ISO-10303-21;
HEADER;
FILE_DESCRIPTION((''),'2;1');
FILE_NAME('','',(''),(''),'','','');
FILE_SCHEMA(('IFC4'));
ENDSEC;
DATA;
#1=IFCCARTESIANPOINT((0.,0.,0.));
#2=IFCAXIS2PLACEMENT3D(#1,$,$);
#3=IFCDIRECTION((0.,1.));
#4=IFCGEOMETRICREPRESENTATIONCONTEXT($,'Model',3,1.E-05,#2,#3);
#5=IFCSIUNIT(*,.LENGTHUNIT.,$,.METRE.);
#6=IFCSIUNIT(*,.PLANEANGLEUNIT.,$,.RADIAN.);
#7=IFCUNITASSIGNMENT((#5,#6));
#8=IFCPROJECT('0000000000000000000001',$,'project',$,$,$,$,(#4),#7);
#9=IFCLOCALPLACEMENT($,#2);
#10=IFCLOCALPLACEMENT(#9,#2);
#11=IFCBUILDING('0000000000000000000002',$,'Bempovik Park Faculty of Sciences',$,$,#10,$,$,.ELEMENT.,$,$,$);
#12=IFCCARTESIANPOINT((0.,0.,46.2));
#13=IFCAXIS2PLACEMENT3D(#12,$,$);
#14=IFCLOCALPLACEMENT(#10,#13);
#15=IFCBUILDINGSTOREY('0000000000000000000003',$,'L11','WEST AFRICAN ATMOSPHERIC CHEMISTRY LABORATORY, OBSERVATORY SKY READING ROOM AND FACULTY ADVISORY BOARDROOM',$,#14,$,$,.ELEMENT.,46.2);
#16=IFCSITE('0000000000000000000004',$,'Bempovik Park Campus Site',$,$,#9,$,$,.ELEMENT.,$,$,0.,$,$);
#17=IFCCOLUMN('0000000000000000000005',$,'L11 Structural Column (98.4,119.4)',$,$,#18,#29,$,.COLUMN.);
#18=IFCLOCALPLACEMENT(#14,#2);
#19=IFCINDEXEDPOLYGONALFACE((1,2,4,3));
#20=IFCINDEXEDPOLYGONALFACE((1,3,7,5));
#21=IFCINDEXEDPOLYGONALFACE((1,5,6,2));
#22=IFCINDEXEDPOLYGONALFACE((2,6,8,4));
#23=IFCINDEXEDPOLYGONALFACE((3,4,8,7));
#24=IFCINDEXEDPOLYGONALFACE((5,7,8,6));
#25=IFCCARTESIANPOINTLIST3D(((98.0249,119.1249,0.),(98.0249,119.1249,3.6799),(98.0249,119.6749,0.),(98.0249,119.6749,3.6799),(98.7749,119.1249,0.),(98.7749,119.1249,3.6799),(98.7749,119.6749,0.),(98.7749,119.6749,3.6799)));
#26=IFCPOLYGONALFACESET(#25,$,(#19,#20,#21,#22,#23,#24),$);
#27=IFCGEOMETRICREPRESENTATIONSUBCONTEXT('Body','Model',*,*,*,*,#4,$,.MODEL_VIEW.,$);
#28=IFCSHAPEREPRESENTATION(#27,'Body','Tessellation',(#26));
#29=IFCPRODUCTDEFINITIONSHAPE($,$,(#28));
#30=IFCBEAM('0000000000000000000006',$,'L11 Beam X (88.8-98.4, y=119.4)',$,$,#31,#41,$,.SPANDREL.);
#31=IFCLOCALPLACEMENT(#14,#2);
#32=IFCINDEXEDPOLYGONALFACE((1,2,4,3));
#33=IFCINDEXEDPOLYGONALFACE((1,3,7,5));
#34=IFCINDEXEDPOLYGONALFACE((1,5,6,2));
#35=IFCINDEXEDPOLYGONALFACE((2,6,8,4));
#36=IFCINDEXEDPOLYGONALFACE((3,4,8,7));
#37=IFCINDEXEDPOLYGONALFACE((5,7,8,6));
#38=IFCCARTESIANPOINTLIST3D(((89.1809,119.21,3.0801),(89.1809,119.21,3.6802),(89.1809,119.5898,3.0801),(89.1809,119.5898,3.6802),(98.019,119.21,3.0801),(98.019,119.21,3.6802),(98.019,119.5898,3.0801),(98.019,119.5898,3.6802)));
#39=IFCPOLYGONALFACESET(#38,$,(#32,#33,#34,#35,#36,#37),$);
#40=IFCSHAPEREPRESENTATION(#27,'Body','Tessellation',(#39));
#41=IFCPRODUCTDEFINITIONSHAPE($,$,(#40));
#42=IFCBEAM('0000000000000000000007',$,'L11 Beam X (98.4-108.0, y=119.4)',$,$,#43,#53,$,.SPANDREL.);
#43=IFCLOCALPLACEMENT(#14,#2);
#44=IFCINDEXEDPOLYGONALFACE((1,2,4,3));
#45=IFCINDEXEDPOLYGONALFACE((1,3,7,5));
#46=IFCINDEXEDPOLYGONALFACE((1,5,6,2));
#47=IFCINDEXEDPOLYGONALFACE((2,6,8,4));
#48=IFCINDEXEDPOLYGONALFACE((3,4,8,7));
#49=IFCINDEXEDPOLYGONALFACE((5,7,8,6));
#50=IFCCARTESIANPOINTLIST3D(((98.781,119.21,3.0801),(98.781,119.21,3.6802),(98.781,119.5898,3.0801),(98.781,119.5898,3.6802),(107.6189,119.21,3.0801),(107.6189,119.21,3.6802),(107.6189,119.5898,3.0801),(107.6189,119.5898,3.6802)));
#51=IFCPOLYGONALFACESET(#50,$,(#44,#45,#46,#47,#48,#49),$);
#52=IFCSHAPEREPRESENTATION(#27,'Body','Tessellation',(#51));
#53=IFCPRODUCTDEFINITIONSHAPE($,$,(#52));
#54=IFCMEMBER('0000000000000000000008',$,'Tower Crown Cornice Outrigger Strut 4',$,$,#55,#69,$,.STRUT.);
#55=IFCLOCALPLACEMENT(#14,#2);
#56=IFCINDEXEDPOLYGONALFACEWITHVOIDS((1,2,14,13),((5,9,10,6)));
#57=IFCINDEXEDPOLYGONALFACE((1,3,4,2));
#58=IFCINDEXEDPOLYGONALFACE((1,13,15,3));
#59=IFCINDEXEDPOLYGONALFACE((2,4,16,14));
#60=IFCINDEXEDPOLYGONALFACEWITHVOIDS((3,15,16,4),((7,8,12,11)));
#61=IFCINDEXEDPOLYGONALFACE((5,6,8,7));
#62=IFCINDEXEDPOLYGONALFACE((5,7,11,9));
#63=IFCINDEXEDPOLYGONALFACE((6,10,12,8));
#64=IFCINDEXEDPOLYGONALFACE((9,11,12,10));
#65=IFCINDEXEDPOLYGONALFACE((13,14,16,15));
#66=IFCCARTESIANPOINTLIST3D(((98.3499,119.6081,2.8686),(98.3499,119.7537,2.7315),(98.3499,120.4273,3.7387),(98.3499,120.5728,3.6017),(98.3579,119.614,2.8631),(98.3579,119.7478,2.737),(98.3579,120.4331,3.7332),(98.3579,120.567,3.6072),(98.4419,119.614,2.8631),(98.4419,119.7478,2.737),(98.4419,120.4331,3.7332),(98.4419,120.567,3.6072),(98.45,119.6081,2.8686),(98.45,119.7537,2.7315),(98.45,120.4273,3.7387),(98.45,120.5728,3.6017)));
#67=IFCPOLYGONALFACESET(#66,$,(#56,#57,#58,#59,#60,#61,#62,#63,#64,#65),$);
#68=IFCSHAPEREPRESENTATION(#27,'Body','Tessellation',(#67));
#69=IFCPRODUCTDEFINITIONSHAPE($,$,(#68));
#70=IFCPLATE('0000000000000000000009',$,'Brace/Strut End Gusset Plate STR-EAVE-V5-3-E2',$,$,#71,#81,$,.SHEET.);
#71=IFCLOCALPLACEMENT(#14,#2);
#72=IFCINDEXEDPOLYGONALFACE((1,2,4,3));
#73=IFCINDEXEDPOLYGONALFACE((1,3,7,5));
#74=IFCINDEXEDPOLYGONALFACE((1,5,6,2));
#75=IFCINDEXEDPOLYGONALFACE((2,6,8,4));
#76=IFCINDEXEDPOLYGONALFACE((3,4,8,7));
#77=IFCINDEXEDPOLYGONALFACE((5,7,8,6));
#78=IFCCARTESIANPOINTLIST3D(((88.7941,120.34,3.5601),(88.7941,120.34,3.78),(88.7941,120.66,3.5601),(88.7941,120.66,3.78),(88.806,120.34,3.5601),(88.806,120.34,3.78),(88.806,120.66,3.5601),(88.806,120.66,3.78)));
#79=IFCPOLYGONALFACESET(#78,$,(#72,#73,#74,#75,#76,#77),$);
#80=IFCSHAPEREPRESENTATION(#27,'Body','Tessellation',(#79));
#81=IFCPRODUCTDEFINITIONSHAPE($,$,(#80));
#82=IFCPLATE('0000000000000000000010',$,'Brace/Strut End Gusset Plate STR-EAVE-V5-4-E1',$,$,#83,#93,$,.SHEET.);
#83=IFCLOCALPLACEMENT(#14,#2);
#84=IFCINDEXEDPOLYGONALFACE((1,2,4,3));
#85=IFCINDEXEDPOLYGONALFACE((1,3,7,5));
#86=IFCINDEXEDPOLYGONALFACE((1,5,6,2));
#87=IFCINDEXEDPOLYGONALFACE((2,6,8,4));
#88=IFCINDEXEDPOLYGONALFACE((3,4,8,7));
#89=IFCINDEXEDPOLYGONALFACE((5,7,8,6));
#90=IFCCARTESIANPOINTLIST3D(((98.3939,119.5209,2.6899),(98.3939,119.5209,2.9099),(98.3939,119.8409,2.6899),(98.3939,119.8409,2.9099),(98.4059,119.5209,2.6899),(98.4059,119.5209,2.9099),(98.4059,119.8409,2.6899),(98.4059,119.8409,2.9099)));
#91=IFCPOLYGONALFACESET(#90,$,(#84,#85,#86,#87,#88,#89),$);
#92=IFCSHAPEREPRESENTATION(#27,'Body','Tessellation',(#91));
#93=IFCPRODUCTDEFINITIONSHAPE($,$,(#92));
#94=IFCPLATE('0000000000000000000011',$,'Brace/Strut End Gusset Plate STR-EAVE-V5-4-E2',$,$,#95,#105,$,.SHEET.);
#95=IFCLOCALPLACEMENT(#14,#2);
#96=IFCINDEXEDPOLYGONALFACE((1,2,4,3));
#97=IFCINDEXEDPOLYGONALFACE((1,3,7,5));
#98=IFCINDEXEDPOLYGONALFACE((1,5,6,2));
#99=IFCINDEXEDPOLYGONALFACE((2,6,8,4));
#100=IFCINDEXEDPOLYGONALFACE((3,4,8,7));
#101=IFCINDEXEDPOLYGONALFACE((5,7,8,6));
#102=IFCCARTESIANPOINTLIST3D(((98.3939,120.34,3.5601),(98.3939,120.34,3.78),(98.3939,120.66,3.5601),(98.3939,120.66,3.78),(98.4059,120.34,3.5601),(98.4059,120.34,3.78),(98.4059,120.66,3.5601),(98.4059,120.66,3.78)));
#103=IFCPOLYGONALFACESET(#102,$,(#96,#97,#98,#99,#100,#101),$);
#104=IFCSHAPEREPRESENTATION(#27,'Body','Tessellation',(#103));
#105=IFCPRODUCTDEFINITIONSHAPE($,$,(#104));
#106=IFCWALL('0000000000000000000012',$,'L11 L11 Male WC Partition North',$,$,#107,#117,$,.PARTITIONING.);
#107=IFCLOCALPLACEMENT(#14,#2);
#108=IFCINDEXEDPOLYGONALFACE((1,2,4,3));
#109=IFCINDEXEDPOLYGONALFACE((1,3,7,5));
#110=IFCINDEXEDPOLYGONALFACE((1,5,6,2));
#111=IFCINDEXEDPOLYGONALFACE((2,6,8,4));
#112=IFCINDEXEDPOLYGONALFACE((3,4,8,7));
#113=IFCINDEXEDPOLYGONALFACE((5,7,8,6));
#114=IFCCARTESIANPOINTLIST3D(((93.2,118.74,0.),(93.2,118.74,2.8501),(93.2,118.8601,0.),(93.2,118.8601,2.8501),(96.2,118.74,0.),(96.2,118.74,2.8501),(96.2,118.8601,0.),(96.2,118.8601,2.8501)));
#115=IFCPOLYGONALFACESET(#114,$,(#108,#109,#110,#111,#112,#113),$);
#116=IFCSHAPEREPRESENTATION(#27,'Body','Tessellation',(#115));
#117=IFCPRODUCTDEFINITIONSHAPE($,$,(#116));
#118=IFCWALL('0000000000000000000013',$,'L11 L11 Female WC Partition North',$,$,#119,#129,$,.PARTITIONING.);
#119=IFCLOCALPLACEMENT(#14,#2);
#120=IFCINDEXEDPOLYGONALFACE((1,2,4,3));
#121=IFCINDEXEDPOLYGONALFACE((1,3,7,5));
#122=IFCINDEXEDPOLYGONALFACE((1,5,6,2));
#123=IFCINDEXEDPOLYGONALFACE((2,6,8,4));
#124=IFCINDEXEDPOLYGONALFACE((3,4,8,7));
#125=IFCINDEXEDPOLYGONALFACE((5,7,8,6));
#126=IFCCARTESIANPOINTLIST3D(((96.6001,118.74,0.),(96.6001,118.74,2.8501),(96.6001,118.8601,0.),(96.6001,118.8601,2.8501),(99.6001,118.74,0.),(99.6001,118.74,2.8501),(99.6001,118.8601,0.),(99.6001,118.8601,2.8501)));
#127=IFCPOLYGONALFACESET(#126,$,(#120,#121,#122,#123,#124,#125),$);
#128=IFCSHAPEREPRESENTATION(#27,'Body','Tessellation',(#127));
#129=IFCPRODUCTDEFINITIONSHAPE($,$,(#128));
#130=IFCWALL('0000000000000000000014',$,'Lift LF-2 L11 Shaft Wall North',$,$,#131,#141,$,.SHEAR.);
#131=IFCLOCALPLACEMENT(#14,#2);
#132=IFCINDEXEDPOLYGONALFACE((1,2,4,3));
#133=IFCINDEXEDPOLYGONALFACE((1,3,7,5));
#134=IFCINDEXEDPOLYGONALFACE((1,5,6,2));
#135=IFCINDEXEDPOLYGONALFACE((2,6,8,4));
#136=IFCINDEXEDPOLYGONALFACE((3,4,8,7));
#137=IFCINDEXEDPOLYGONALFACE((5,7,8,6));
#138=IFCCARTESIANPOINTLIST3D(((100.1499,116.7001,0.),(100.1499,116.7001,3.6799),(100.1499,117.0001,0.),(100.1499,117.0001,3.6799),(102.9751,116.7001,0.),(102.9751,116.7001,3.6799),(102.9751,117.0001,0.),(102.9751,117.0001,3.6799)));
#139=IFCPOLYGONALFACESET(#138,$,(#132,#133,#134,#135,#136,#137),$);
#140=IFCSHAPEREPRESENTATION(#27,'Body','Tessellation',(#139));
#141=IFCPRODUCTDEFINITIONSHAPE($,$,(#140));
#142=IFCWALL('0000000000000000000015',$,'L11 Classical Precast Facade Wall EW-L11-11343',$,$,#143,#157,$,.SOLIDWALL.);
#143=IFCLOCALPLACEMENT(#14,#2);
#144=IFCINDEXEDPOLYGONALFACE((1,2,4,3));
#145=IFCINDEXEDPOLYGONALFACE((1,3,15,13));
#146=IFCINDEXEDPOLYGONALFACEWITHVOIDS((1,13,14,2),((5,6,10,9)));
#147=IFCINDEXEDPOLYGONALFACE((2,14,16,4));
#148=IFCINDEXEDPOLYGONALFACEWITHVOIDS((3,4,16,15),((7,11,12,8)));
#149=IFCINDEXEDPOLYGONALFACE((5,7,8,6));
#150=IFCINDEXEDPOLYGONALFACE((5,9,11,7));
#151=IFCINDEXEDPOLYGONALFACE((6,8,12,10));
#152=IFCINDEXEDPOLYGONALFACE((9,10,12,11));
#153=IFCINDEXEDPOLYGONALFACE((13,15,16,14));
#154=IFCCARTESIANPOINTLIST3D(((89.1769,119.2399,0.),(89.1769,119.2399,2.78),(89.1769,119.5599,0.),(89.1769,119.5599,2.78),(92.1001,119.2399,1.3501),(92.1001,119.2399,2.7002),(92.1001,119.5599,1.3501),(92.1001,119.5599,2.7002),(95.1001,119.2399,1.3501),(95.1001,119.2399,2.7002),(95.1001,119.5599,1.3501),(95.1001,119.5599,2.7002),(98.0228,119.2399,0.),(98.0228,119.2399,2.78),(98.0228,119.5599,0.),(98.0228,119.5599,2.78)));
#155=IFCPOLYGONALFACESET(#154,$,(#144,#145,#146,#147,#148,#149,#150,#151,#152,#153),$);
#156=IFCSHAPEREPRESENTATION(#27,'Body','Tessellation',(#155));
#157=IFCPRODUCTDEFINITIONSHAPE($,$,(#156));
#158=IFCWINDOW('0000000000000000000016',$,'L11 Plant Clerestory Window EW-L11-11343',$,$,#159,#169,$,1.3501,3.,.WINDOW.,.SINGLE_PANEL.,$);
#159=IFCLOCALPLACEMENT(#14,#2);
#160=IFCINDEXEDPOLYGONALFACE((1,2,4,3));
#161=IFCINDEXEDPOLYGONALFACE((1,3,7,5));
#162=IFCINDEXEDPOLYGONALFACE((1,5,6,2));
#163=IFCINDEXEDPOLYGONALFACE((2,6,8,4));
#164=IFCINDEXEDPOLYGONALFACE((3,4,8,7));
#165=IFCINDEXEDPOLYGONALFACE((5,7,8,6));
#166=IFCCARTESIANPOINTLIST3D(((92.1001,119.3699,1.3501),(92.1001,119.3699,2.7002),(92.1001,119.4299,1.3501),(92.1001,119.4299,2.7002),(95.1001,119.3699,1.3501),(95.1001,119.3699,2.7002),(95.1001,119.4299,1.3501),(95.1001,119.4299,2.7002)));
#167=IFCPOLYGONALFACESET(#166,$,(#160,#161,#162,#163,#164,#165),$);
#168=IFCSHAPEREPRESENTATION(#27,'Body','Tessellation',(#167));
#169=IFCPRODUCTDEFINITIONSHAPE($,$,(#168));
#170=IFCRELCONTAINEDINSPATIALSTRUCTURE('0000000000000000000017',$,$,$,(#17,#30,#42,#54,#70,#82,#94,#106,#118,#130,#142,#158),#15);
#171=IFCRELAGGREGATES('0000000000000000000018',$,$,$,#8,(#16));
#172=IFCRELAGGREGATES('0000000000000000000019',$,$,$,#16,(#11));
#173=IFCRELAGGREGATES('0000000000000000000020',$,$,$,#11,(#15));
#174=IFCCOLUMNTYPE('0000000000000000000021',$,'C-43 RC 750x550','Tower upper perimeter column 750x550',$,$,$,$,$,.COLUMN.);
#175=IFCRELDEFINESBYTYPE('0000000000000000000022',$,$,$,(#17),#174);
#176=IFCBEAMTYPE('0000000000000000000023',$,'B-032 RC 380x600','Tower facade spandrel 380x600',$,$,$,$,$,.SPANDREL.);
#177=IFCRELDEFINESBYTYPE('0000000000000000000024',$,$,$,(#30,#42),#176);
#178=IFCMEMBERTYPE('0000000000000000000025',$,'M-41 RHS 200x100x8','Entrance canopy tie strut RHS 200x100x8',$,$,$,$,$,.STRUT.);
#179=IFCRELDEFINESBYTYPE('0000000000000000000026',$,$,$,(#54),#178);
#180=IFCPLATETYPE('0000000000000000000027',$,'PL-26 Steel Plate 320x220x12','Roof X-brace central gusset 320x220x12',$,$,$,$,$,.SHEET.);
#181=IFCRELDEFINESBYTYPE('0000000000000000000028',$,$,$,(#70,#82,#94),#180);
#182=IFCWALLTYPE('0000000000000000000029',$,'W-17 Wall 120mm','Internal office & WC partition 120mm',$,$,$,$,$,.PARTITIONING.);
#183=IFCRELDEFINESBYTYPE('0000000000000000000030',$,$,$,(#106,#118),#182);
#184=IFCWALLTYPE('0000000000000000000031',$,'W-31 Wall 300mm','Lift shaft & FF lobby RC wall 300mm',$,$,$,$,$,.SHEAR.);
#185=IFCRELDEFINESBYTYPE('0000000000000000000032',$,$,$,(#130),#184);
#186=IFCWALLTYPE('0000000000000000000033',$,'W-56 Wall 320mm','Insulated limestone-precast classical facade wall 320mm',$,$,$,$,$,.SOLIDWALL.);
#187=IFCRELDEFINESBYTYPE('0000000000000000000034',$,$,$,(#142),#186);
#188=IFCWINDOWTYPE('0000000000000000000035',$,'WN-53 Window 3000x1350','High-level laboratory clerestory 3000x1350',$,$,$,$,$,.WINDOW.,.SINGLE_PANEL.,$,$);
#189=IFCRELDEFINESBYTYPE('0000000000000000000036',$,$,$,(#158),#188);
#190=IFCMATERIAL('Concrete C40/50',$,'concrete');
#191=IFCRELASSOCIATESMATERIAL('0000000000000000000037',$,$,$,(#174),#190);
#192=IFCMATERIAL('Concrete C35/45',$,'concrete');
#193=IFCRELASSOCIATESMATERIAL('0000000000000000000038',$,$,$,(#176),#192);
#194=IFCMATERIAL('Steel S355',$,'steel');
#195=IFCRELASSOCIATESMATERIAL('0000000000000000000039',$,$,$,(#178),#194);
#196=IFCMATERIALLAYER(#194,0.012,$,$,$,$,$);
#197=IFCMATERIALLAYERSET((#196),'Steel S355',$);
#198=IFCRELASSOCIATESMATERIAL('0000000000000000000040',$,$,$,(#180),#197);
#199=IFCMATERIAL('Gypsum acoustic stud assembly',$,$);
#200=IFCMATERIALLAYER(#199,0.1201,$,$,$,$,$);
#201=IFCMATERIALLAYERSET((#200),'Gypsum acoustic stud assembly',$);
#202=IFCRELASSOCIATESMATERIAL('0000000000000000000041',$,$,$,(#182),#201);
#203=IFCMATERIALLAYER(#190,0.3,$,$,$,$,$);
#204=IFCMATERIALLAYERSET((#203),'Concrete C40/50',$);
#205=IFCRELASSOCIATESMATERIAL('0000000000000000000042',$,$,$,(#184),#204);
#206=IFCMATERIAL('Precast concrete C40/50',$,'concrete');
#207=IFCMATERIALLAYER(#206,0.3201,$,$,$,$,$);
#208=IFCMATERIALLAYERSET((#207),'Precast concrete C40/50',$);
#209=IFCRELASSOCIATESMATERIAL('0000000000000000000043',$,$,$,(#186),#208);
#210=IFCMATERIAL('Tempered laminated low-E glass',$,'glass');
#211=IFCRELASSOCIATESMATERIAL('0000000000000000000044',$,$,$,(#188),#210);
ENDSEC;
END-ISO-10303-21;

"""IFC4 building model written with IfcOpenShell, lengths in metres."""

from ifc_helpers import new_model, si_unit, direction, frame, frame_2d, origin, origin_2d, place, context, subcontext, project, spatial, rectangle, hollow_rectangle, extrude, material, layer, layer_set, material_profile, profile_set, type_object, element, fill, save


model = new_model("IFC4")

# Units and contexts
model_context = context("Model", 3, precision=1e-05, world=origin(), true_north=direction((0.0, 1.0)))
body_context = subcontext(model_context, "Body", "Model", "MODEL_VIEW")
ifc_project = project(units=[si_unit("LENGTHUNIT", "METRE"), si_unit("PLANEANGLEUNIT", "RADIAN")], contexts=[model_context])

# Site, building, storey
site_placement = place(None, origin())
site = spatial("IfcSite", under=ifc_project, at=site_placement, Name="Bempovik Park Campus Site", CompositionType="ELEMENT", RefElevation=0.0)
building_placement = place(site_placement, origin())
building = spatial("IfcBuilding", under=site, at=building_placement, Name="Bempovik Park Faculty of Sciences", CompositionType="ELEMENT")
storey_placement = place(building_placement, frame((0.0, 0.0, 46.2)))
storey = spatial("IfcBuildingStorey", under=building, at=storey_placement, Name="L11", Description="WEST AFRICAN ATMOSPHERIC CHEMISTRY LABORATORY, OBSERVATORY SKY READING ROOM AND FACULTY ADVISORY BOARDROOM", CompositionType="ELEMENT", Elevation=46.2)

# Column
ifc_material_1 = material(Name="Concrete C40/50", Category="concrete")
ifc_material_profile_1 = material_profile(ifc_material_1, rectangle(XDim=0.75, YDim=0.55, at=origin_2d()), Name="RC 750x550")
ifc_profile_set_1 = profile_set([ifc_material_profile_1], Name="Concrete C40/50")
column_type = type_object("IfcColumnType", Name="C-43 RC 750x550", Description="Tower upper perimeter column 750x550", PredefinedType="COLUMN", material=ifc_profile_set_1)
column_placement = place(storey_placement, frame((98.3999, 119.3999, 0.0), z_axis=(0.0, 0.0, 1.0), x_axis=(1.0, 0.0, 0.0)))
element("IfcColumn", 1, at=column_placement, inside=storey, type_object=column_type, Name="L11 Structural Column (98.4,119.4)", PredefinedType="COLUMN", context=body_context, shape_type="SweptSolid", body=[
    extrude(rectangle(XDim=0.75, YDim=0.55, at=origin_2d()), origin(), (0.0, 0.0, 1.0), 3.6799),
])

# Beams
ifc_material_2 = material(Name="Concrete C35/45", Category="concrete")
ifc_material_profile_2 = material_profile(ifc_material_2, rectangle(XDim=0.3799, YDim=0.6001, at=origin_2d()), Name="RC 380x600")
ifc_profile_set_2 = profile_set([ifc_material_profile_2], Name="Concrete C35/45")
beam_type = type_object("IfcBeamType", Name="B-032 RC 380x600", Description="Tower facade spandrel 380x600", PredefinedType="SPANDREL", material=ifc_profile_set_2)
beam_1_placement = place(storey_placement, frame((89.1809, 119.3999, 3.3801), z_axis=(1.0, 0.0, 0.0), x_axis=(0.0, 1.0, 0.0)))
element("IfcBeam", 2, at=beam_1_placement, inside=storey, type_object=beam_type, Name="L11 Beam X (88.8-98.4, y=119.4)", PredefinedType="SPANDREL", context=body_context, shape_type="SweptSolid", body=[
    extrude(rectangle(XDim=0.3799, YDim=0.6001, at=origin_2d()), origin(), (0.0, 0.0, 1.0), 8.8381),
])
beam_2_placement = place(storey_placement, frame((98.781, 119.3999, 3.3801), z_axis=(1.0, 0.0, 0.0), x_axis=(0.0, 1.0, 0.0)))
element("IfcBeam", 3, at=beam_2_placement, inside=storey, type_object=beam_type, Name="L11 Beam X (98.4-108.0, y=119.4)", PredefinedType="SPANDREL", context=body_context, shape_type="SweptSolid", body=[
    extrude(rectangle(XDim=0.3799, YDim=0.6001, at=origin_2d()), origin(), (0.0, 0.0, 1.0), 8.8379),
])

# Member
ifc_material_3 = material(Name="Steel S355", Category="steel")
ifc_material_profile_3 = material_profile(ifc_material_3, hollow_rectangle(XDim=0.1001, YDim=0.2, WallThickness=0.0081, at=origin_2d()), Name="RHS 200x100x8")
ifc_profile_set_3 = profile_set([ifc_material_profile_3], Name="Steel S355")
member_type = type_object("IfcMemberType", Name="M-41 RHS 200x100x8", Description="Entrance canopy tie strut RHS 200x100x8", PredefinedType="STRUT", material=ifc_profile_set_3)
member_placement = place(storey_placement, frame((98.3999, 119.6809, 2.8), z_axis=(0.0, 0.685435, 0.728134), x_axis=(-1.0, 0.0, 0.0)))
element("IfcMember", 4, at=member_placement, inside=storey, type_object=member_type, Name="Tower Crown Cornice Outrigger Strut 4", PredefinedType="STRUT", context=body_context, shape_type="SweptSolid", body=[
    extrude(hollow_rectangle(XDim=0.1001, YDim=0.2, WallThickness=0.0081, at=origin_2d()), origin(), (0.0, 0.0, 1.0), 1.1951),
])

# Plates
ifc_layer_1 = layer(ifc_material_3, 0.012)
ifc_layer_set_1 = layer_set([ifc_layer_1], Name="Steel S355")
plate_type = type_object("IfcPlateType", Name="PL-26 Steel Plate 320x220x12", Description="Roof X-brace central gusset 320x220x12", PredefinedType="SHEET", material=ifc_layer_set_1)
for number, where, z_axis, x_axis, name in (
    (5, (88.8, 120.5, 3.5601), (0.0, 0.0, 1.0), (1.0, 0.0, 0.0), "Brace/Strut End Gusset Plate STR-EAVE-V5-3-E2"),
    (6, (98.3999, 119.6809, 2.6899), (0.0, 0.0, 1.0), (1.0, 0.0, 0.0), "Brace/Strut End Gusset Plate STR-EAVE-V5-4-E1"),
    (7, (98.3999, 120.5, 3.5601), (0.0, 0.0, 1.0), (1.0, 0.0, 0.0), "Brace/Strut End Gusset Plate STR-EAVE-V5-4-E2"),
):
    element("IfcPlate", number, at=place(storey_placement, frame(where, z_axis=z_axis, x_axis=x_axis)), inside=storey, type_object=plate_type, Name=name, PredefinedType="SHEET", context=body_context, shape_type="SweptSolid", body=[
        extrude(rectangle(XDim=0.012, YDim=0.3201, at=origin_2d()), origin(), (0.0, 0.0, 1.0), 0.22),
    ])

# Walls
ifc_material_4 = material(Name="Gypsum acoustic stud assembly")
ifc_layer_2 = layer(ifc_material_4, 0.1201)
ifc_layer_set_2 = layer_set([ifc_layer_2], Name="Gypsum acoustic stud assembly")
wall_type_1 = type_object("IfcWallType", Name="W-17 Wall 120mm", Description="Internal office & WC partition 120mm", PredefinedType="PARTITIONING", material=ifc_layer_set_2)
for number, where, z_axis, x_axis, name in (
    (8, (93.2, 118.8, 0.0), (0.0, 0.0, 1.0), (1.0, 0.0, 0.0), "L11 L11 Male WC Partition North"),
    (9, (96.6001, 118.8, 0.0), (0.0, 0.0, 1.0), (1.0, 0.0, 0.0), "L11 L11 Female WC Partition North"),
):
    element("IfcWall", number, at=place(storey_placement, frame(where, z_axis=z_axis, x_axis=x_axis)), inside=storey, type_object=wall_type_1, Name=name, PredefinedType="PARTITIONING", context=body_context, shape_type="SweptSolid", body=[
        extrude(rectangle(XDim=3.0, YDim=0.1201, at=frame_2d((1.5, 0.0))), origin(), (0.0, 0.0, 1.0), 2.8501),
    ])
ifc_layer_3 = layer(ifc_material_1, 0.3)
ifc_layer_set_3 = layer_set([ifc_layer_3], Name="Concrete C40/50")
wall_type_2 = type_object("IfcWallType", Name="W-31 Wall 300mm", Description="Lift shaft & FF lobby RC wall 300mm", PredefinedType="SHEAR", material=ifc_layer_set_3)
wall_1_placement = place(storey_placement, frame((100.1499, 116.8501, 0.0), z_axis=(0.0, 0.0, 1.0), x_axis=(1.0, 0.0, 0.0)))
element("IfcWall", 10, at=wall_1_placement, inside=storey, type_object=wall_type_2, Name="Lift LF-2 L11 Shaft Wall North", PredefinedType="SHEAR", context=body_context, shape_type="SweptSolid", body=[
    extrude(rectangle(XDim=2.8252, YDim=0.3, at=frame_2d((1.4126, 0.0))), origin(), (0.0, 0.0, 1.0), 3.6799),
])

# Wall, opening, window
ifc_material_5 = material(Name="Precast concrete C40/50", Category="concrete")
ifc_layer_4 = layer(ifc_material_5, 0.3201)
ifc_layer_set_4 = layer_set([ifc_layer_4], Name="Precast concrete C40/50")
wall_type_3 = type_object("IfcWallType", Name="W-56 Wall 320mm", Description="Insulated limestone-precast classical facade wall 320mm", PredefinedType="SOLIDWALL", material=ifc_layer_set_4)
wall_2_placement = place(storey_placement, frame((89.177, 119.3999, 0.0), z_axis=(0.0, 0.0, 1.0), x_axis=(1.0, 0.0, 0.0)))
wall_2 = element("IfcWall", 11, at=wall_2_placement, inside=storey, type_object=wall_type_3, Name="L11 Classical Precast Facade Wall EW-L11-11343", PredefinedType="SOLIDWALL", context=body_context, shape_type="SweptSolid", body=[
    extrude(rectangle(XDim=8.8459, YDim=0.3201, at=frame_2d((4.4229, 0.0))), origin(), (0.0, 0.0, 1.0), 2.78),
])
opening_1_placement = place(wall_2_placement, frame((2.9231, 0.0, 1.3501)))
opening_1 = element("IfcOpeningElement", 12, at=opening_1_placement, cuts=wall_2, PredefinedType="OPENING", context=body_context, shape_type="SweptSolid", body=[
    extrude(rectangle(XDim=3.0, YDim=1.3501, at=frame_2d((1.5, 0.675))), frame((0.0, 0.1699, 0.0), z_axis=(0.0, -1.0, 0.0), x_axis=(1.0, 0.0, 0.0)), (0.0, 0.0, 1.0), 0.3401),
])
ifc_material_6 = material(Name="Tempered laminated low-E glass", Category="glass")
window_type_1 = type_object("IfcWindowType", Name="WN-53 Window 3000x1350", Description="High-level laboratory clerestory 3000x1350", PartitioningType="SINGLE_PANEL", PredefinedType="WINDOW", material=ifc_material_6)
window_1_placement = place(opening_1_placement, origin())
window_1 = element("IfcWindow", 13, at=window_1_placement, inside=storey, type_object=window_type_1, Name="L11 Plant Clerestory Window EW-L11-11343", OverallHeight=1.3501, OverallWidth=3.0, PartitioningType="SINGLE_PANEL", PredefinedType="WINDOW", context=body_context, shape_type="SweptSolid", body=[
    extrude(rectangle(XDim=3.0, YDim=1.3501, at=frame_2d((1.5, 0.675))), frame((0.0, 0.03, 0.0), z_axis=(0.0, -1.0, 0.0), x_axis=(1.0, 0.0, 0.0)), (0.0, 0.0, 1.0), 0.0601),
])
fill(opening_1, window_1)

save(model, "model.ifc")
